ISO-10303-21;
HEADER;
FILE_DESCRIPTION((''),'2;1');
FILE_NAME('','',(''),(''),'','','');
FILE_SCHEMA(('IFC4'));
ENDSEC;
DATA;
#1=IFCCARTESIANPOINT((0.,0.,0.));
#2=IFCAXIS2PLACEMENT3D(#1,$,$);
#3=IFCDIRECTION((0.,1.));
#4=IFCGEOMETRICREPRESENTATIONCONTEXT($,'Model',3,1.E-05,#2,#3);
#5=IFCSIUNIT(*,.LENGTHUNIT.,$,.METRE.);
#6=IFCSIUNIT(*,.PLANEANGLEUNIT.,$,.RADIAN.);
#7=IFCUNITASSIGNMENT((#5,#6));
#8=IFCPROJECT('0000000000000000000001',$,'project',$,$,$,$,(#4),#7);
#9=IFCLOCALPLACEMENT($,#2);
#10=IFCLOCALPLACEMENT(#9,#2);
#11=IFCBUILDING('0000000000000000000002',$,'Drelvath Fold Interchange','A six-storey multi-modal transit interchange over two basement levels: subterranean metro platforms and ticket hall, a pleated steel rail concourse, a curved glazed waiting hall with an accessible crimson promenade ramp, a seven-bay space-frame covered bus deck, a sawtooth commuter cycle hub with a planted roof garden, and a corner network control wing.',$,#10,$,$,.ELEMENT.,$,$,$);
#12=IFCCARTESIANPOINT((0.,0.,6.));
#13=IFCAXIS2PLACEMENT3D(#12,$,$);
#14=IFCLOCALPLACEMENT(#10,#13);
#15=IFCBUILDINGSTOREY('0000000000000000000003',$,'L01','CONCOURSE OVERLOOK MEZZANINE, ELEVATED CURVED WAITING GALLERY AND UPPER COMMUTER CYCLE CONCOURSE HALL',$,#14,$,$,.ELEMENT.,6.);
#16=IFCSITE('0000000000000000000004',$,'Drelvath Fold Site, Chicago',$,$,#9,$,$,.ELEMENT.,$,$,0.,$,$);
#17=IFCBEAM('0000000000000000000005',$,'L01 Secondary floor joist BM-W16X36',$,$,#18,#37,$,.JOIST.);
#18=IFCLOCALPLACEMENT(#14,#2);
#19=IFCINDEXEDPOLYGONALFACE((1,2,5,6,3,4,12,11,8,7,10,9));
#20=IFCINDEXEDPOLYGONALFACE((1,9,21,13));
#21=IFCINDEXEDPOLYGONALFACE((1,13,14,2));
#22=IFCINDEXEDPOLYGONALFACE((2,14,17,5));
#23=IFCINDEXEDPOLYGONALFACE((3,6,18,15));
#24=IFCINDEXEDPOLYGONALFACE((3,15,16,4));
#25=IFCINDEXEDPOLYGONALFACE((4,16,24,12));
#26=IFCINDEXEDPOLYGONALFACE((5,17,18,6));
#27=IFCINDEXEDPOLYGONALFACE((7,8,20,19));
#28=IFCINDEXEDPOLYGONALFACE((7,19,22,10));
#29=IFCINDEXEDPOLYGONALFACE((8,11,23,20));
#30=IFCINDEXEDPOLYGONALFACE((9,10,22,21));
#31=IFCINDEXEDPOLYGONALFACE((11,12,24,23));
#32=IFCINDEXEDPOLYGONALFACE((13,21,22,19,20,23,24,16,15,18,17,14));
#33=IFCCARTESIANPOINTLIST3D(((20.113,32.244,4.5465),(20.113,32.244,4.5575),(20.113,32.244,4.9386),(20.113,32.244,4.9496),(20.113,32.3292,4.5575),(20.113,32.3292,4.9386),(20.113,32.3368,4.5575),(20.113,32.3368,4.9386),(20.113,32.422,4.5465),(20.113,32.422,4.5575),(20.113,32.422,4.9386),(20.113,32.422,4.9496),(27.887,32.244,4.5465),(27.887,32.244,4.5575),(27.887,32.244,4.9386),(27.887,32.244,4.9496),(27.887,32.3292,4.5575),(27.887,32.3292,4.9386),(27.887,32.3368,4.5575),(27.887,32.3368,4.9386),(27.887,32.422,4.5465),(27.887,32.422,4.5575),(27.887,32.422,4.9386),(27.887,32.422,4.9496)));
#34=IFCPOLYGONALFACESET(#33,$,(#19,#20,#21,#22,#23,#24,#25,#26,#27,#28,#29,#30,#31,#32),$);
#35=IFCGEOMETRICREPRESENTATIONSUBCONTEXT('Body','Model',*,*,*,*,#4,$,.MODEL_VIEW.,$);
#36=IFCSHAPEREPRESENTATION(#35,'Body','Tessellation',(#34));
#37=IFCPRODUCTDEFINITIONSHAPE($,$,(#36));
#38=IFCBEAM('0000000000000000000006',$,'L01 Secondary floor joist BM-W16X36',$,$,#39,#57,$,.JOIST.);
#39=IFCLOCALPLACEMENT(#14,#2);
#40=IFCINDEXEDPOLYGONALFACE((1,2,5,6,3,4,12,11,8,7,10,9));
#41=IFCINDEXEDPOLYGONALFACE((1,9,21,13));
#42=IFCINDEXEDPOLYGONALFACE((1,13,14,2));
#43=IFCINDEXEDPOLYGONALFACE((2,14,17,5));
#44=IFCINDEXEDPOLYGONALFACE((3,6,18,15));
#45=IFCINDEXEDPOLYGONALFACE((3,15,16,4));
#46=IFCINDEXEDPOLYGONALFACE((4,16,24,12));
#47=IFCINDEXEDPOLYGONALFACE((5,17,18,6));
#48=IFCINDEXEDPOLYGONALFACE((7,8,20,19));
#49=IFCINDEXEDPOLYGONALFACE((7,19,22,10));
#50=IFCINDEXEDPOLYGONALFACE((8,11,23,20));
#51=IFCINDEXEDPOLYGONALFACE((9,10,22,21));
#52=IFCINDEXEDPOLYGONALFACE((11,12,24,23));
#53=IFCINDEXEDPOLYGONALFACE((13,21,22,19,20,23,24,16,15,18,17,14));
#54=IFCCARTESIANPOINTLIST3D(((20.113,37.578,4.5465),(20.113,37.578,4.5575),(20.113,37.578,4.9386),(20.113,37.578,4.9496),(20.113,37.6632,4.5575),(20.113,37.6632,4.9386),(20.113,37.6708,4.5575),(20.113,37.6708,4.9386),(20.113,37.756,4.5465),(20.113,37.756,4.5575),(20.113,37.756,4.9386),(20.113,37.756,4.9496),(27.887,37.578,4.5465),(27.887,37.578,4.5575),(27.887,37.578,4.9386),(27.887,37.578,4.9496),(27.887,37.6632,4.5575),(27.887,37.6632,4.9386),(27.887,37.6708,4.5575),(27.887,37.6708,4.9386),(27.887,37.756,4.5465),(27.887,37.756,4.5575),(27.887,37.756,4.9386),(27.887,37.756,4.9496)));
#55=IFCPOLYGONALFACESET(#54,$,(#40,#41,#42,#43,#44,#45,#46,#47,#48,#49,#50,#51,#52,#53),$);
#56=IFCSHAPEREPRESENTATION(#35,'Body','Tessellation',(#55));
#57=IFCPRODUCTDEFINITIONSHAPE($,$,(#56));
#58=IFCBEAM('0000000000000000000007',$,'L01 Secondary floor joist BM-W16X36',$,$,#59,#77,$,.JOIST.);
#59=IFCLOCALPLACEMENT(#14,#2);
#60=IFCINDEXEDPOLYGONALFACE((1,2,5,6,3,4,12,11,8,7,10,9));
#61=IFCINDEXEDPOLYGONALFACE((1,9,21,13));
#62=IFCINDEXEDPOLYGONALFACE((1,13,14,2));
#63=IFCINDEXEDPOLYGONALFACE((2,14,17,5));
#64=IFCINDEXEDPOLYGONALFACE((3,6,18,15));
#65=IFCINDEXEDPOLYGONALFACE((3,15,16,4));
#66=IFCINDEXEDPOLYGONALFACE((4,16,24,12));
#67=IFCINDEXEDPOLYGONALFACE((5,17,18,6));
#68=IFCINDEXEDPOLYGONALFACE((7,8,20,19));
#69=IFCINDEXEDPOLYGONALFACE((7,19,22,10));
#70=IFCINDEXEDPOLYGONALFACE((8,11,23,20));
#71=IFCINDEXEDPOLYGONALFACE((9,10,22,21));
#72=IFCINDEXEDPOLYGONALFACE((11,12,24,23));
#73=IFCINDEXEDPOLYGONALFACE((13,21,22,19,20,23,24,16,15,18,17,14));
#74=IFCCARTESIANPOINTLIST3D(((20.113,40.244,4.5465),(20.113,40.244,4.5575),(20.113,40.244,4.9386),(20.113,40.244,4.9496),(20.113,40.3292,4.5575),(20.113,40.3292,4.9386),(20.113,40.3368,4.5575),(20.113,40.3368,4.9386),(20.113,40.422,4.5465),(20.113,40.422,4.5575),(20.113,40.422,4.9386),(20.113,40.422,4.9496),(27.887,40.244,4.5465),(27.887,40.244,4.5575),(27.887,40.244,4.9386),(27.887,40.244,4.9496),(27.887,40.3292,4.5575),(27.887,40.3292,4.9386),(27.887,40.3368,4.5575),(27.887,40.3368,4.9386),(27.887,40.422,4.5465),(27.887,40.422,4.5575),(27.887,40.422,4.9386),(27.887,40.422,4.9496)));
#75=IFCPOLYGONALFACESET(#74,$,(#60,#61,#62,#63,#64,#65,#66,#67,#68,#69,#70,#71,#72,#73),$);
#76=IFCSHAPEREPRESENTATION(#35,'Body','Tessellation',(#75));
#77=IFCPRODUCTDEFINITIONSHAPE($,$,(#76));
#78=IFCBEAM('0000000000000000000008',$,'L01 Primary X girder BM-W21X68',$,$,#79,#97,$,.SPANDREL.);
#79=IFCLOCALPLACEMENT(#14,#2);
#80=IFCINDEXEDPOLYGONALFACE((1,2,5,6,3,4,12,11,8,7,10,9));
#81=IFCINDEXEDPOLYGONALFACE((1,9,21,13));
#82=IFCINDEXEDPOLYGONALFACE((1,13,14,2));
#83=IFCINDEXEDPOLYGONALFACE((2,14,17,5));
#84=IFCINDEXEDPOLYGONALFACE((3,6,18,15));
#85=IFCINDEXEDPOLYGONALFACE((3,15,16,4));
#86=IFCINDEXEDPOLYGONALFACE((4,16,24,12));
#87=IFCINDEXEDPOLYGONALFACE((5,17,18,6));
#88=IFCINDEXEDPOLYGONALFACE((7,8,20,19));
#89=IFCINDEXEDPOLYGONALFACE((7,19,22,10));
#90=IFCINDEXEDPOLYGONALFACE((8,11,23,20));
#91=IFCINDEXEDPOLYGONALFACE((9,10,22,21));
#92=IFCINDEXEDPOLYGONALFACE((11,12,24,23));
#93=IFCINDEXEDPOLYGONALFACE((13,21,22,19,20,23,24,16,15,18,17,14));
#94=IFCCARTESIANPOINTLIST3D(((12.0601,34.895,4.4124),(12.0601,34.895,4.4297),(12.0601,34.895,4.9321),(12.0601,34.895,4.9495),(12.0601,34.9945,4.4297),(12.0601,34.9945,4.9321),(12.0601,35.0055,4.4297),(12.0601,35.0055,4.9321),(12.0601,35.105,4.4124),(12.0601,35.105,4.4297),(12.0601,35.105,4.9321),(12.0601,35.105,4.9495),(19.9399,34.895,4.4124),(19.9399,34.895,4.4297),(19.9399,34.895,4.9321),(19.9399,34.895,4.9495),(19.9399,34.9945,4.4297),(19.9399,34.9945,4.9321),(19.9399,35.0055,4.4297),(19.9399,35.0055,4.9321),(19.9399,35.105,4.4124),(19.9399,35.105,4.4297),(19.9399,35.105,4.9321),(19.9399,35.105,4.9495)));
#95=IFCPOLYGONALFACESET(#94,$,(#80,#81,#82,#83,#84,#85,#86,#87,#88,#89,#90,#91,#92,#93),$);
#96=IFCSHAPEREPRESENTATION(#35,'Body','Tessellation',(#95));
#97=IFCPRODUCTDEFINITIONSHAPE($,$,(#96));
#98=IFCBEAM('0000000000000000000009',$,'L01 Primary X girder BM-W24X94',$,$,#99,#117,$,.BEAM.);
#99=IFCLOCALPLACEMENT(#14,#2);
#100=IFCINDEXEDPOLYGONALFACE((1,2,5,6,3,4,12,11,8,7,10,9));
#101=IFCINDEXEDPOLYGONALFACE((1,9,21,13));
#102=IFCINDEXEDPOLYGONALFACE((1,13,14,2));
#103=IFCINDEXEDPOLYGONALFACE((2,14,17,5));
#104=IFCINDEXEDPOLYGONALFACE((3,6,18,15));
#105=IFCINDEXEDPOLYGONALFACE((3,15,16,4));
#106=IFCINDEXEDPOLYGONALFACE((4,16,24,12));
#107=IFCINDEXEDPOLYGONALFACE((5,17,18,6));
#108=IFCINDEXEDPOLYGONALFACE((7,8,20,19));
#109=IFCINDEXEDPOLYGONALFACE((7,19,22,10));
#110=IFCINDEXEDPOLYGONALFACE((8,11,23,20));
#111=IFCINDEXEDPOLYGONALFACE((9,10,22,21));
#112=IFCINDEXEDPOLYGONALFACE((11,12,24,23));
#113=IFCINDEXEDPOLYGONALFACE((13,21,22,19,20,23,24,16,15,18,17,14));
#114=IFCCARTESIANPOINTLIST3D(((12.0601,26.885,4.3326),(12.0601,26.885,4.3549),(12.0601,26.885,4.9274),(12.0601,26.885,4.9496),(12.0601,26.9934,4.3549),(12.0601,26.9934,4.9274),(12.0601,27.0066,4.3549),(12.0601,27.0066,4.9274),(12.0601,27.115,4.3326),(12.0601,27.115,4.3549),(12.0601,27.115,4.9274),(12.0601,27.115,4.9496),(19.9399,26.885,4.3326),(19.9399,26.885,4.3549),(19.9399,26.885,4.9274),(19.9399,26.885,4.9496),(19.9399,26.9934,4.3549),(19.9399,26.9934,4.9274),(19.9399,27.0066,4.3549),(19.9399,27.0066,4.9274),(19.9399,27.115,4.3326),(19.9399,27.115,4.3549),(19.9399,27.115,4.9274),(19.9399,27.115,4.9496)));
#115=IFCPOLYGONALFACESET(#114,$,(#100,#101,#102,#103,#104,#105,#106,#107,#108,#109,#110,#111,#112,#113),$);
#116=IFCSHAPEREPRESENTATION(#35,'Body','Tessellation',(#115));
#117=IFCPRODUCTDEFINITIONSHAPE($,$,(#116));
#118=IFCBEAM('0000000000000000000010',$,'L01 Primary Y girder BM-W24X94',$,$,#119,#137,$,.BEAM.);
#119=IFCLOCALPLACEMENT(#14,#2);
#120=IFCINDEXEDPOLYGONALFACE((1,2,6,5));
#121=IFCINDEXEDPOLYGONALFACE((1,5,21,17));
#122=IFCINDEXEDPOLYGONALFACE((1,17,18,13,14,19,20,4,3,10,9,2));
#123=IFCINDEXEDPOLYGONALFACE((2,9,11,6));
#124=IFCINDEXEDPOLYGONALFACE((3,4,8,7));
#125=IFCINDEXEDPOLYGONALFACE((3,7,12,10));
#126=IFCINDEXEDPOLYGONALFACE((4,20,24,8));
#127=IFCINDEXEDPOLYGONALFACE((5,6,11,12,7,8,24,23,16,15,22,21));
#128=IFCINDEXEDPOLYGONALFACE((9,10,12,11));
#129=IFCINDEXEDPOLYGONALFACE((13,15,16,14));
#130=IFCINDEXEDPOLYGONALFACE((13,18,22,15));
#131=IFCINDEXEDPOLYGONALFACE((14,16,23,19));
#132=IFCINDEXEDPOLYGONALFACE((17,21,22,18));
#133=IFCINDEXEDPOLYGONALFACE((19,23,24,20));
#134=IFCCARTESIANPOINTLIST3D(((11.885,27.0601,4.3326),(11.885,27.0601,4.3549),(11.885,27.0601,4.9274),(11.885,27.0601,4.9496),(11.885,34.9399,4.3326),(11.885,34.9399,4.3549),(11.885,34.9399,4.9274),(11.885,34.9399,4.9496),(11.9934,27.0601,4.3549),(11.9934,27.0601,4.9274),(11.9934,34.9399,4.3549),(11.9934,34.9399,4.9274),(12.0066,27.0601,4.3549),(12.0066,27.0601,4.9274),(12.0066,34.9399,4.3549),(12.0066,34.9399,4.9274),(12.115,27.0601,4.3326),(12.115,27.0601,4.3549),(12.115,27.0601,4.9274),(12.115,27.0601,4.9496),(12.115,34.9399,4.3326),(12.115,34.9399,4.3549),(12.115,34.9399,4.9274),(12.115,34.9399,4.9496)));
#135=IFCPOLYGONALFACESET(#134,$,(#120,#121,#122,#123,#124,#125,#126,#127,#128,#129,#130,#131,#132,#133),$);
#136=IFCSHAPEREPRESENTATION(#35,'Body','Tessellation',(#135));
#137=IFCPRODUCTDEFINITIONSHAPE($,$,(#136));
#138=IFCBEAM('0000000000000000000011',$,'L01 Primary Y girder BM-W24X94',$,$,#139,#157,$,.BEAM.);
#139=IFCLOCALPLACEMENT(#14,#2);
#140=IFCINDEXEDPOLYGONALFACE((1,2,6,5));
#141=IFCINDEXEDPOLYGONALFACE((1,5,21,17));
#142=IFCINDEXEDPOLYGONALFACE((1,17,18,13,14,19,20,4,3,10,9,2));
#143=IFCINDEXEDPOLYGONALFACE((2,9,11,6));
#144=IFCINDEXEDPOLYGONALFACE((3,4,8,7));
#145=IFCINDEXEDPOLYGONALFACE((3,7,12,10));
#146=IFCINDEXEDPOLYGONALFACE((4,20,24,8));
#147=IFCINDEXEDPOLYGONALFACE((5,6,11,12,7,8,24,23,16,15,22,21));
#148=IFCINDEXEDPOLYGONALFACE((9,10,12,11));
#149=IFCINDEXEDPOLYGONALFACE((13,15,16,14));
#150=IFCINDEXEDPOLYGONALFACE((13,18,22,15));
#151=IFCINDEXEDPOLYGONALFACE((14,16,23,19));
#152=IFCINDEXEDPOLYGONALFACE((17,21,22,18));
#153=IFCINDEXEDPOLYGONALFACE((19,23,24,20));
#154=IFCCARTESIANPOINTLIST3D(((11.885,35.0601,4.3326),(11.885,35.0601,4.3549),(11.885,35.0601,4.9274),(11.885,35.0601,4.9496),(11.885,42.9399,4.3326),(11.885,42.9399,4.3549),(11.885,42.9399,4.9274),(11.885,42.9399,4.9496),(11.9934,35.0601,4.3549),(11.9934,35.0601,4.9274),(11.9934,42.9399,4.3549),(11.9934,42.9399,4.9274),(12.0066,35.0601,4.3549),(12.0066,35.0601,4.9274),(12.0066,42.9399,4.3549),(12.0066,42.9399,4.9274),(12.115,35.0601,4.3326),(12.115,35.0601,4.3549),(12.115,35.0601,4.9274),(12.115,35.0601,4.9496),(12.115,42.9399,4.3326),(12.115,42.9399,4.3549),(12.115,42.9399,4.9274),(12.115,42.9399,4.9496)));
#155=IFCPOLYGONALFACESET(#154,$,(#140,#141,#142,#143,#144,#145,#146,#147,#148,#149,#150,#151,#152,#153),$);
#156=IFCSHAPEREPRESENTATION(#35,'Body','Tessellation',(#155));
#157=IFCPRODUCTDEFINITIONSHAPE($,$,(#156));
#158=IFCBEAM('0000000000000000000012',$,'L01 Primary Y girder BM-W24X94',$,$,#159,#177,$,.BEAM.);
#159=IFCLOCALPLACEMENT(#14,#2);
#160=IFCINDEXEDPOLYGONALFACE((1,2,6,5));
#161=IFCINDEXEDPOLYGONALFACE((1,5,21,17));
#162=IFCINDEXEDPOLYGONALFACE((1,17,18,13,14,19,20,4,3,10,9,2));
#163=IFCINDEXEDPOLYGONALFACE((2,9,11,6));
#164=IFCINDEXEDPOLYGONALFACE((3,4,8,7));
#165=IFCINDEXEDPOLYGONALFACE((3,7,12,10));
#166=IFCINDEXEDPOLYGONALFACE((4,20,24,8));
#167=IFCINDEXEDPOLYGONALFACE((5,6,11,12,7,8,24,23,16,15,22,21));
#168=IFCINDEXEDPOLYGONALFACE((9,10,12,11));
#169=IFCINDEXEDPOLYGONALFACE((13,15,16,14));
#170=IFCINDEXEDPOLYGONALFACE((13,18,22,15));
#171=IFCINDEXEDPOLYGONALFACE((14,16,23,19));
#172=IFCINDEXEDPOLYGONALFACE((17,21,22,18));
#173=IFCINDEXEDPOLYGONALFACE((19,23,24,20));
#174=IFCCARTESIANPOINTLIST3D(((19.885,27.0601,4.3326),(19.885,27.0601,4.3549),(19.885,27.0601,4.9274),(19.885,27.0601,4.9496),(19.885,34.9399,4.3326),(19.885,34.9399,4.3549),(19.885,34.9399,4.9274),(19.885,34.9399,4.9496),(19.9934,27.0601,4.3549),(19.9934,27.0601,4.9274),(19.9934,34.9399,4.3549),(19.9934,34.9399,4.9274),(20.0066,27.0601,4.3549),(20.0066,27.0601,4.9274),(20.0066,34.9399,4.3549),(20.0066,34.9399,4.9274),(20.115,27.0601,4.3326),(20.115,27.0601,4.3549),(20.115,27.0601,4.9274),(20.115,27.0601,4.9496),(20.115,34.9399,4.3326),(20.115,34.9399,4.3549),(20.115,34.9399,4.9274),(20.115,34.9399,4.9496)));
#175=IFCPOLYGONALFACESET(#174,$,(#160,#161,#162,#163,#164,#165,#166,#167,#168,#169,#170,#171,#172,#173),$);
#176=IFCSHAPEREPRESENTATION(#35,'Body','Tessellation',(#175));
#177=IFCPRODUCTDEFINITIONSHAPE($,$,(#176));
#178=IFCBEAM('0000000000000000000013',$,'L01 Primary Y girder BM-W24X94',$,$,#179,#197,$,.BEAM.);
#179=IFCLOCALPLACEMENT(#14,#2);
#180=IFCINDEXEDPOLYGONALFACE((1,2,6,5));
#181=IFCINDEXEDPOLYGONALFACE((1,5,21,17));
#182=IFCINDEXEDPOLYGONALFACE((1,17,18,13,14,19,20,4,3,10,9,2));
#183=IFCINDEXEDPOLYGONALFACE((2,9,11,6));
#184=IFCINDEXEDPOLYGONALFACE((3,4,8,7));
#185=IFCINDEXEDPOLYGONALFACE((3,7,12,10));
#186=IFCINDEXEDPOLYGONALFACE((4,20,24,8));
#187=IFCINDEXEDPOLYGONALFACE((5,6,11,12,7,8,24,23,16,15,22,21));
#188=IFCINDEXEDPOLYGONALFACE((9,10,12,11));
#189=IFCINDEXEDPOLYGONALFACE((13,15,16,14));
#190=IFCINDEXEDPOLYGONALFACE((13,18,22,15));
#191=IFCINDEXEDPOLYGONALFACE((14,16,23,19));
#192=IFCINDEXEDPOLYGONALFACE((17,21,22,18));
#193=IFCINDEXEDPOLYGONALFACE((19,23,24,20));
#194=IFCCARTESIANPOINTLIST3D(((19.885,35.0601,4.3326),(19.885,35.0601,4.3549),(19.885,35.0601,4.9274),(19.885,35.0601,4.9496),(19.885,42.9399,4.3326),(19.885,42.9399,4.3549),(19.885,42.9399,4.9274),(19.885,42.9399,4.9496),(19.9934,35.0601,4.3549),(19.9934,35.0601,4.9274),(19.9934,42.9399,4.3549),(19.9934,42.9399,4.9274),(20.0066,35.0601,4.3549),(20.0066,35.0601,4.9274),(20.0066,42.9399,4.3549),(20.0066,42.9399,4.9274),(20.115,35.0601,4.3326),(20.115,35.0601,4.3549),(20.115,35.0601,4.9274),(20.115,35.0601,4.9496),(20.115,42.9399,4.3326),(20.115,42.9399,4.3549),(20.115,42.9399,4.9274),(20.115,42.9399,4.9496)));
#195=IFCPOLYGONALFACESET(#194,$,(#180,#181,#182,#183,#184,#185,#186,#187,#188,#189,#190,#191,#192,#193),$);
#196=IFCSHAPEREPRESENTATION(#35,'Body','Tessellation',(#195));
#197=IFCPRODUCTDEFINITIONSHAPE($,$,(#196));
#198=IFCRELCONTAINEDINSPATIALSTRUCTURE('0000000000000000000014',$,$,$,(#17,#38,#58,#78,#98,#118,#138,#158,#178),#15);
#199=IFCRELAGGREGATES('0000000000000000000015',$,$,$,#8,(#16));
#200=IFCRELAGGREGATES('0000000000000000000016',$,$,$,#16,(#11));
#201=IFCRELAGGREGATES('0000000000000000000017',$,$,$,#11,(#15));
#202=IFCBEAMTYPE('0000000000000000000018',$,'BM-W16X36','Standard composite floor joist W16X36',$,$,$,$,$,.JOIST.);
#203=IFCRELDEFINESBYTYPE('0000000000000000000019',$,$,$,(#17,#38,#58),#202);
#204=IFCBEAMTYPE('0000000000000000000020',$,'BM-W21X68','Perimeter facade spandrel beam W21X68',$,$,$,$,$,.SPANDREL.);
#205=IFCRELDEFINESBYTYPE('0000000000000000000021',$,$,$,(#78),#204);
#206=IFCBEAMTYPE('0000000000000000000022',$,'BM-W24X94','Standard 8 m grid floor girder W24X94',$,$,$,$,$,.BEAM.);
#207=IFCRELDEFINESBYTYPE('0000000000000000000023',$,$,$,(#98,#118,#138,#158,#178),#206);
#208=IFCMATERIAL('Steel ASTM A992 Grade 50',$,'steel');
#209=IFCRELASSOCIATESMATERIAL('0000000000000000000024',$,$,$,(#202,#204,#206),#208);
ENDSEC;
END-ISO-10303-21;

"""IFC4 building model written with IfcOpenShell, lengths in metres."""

from ifc_helpers import new_model, si_unit, direction, frame, origin, origin_2d, place, context, subcontext, project, spatial, i_section, extrude, material, material_profile, profile_set, type_object, element, save


model = new_model("IFC4")

# Units and contexts
model_context = context("Model", 3, precision=1e-05, world=origin(), true_north=direction((0.0, 1.0)))
body_context = subcontext(model_context, "Body", "Model", "MODEL_VIEW")
ifc_project = project(units=[si_unit("LENGTHUNIT", "METRE"), si_unit("PLANEANGLEUNIT", "RADIAN")], contexts=[model_context])

# Site, building, storey
site_placement = place(None, origin())
site = spatial("IfcSite", under=ifc_project, at=site_placement, Name="Drelvath Fold Site, Chicago", CompositionType="ELEMENT", RefElevation=0.0)
building_placement = place(site_placement, origin())
building = spatial("IfcBuilding", under=site, at=building_placement, Name="Drelvath Fold Interchange", Description="A six-storey multi-modal transit interchange over two basement levels: subterranean metro platforms and ticket hall, a pleated steel rail concourse, a curved glazed waiting hall with an accessible crimson promenade ramp, a seven-bay space-frame covered bus deck, a sawtooth commuter cycle hub with a planted roof garden, and a corner network control wing.", CompositionType="ELEMENT")
storey_placement = place(building_placement, frame((0.0, 0.0, 6.0)))
storey = spatial("IfcBuildingStorey", under=building, at=storey_placement, Name="L01", Description="CONCOURSE OVERLOOK MEZZANINE, ELEVATED CURVED WAITING GALLERY AND UPPER COMMUTER CYCLE CONCOURSE HALL", CompositionType="ELEMENT", Elevation=6.0)

# Shared definitions
ifc_material_1 = material(Name="Steel ASTM A992 Grade 50", Category="steel")

# Beams
ifc_material_profile_1 = material_profile(ifc_material_1, i_section(OverallWidth=0.178, OverallDepth=0.4031, WebThickness=0.0076, FlangeThickness=0.011, at=origin_2d()), Name="W16X36")
ifc_profile_set_1 = profile_set([ifc_material_profile_1], Name="Steel ASTM A992 Grade 50")
beam_type_1 = type_object("IfcBeamType", Name="BM-W16X36", Description="Standard composite floor joist W16X36", PredefinedType="JOIST", material=ifc_profile_set_1)
for number, where, z_axis, x_axis, name in (
    (1, (20.113, 32.333, 4.748), (1.0, 0.0, 0.0), (0.0, 1.0, 0.0), "L01 Secondary floor joist BM-W16X36"),
    (2, (20.113, 37.667, 4.748), (1.0, 0.0, 0.0), (0.0, 1.0, 0.0), "L01 Secondary floor joist BM-W16X36"),
    (3, (20.113, 40.333, 4.748), (1.0, 0.0, 0.0), (0.0, 1.0, 0.0), "L01 Secondary floor joist BM-W16X36"),
):
    element("IfcBeam", number, at=place(storey_placement, frame(where, z_axis=z_axis, x_axis=x_axis)), inside=storey, type_object=beam_type_1, Name=name, PredefinedType="JOIST", context=body_context, shape_type="SweptSolid", body=[
        extrude(i_section(OverallWidth=0.178, OverallDepth=0.4031, WebThickness=0.0076, FlangeThickness=0.011, at=origin_2d()), origin(), (0.0, 0.0, 1.0), 7.7739),
    ])
ifc_material_profile_2 = material_profile(ifc_material_1, i_section(OverallWidth=0.21, OverallDepth=0.5371, WebThickness=0.011, FlangeThickness=0.0173, at=origin_2d()), Name="W21X68")
ifc_profile_set_2 = profile_set([ifc_material_profile_2], Name="Steel ASTM A992 Grade 50")
beam_type_2 = type_object("IfcBeamType", Name="BM-W21X68", Description="Perimeter facade spandrel beam W21X68", PredefinedType="SPANDREL", material=ifc_profile_set_2)
beam_placement = place(storey_placement, frame((12.0601, 35.0, 4.6809), z_axis=(1.0, 0.0, 0.0), x_axis=(0.0, 1.0, 0.0)))
element("IfcBeam", 4, at=beam_placement, inside=storey, type_object=beam_type_2, Name="L01 Primary X girder BM-W21X68", PredefinedType="SPANDREL", context=body_context, shape_type="SweptSolid", body=[
    extrude(i_section(OverallWidth=0.21, OverallDepth=0.5371, WebThickness=0.011, FlangeThickness=0.0173, at=origin_2d()), origin(), (0.0, 0.0, 1.0), 7.8799),
])
ifc_material_profile_3 = material_profile(ifc_material_1, i_section(OverallWidth=0.23, OverallDepth=0.6169, WebThickness=0.0132, FlangeThickness=0.0222, at=origin_2d()), Name="W24X94")
ifc_profile_set_3 = profile_set([ifc_material_profile_3], Name="Steel ASTM A992 Grade 50")
beam_type_3 = type_object("IfcBeamType", Name="BM-W24X94", Description="Standard 8 m grid floor girder W24X94", PredefinedType="BEAM", material=ifc_profile_set_3)
for number, where, z_axis, x_axis, name in (
    (5, (12.0601, 27.0, 4.6411), (1.0, 0.0, 0.0), (0.0, 1.0, 0.0), "L01 Primary X girder BM-W24X94"),
    (6, (12.0, 27.0601, 4.6411), (0.0, 1.0, 0.0), (-1.0, 0.0, 0.0), "L01 Primary Y girder BM-W24X94"),
    (7, (12.0, 35.0601, 4.6411), (0.0, 1.0, 0.0), (-1.0, 0.0, 0.0), "L01 Primary Y girder BM-W24X94"),
    (8, (20.0, 27.0601, 4.6411), (0.0, 1.0, 0.0), (-1.0, 0.0, 0.0), "L01 Primary Y girder BM-W24X94"),
    (9, (20.0, 35.0601, 4.6411), (0.0, 1.0, 0.0), (-1.0, 0.0, 0.0), "L01 Primary Y girder BM-W24X94"),
):
    element("IfcBeam", number, at=place(storey_placement, frame(where, z_axis=z_axis, x_axis=x_axis)), inside=storey, type_object=beam_type_3, Name=name, PredefinedType="BEAM", context=body_context, shape_type="SweptSolid", body=[
        extrude(i_section(OverallWidth=0.23, OverallDepth=0.6169, WebThickness=0.0132, FlangeThickness=0.0222, at=origin_2d()), origin(), (0.0, 0.0, 1.0), 7.8799),
    ])

save(model, "model.ifc")
